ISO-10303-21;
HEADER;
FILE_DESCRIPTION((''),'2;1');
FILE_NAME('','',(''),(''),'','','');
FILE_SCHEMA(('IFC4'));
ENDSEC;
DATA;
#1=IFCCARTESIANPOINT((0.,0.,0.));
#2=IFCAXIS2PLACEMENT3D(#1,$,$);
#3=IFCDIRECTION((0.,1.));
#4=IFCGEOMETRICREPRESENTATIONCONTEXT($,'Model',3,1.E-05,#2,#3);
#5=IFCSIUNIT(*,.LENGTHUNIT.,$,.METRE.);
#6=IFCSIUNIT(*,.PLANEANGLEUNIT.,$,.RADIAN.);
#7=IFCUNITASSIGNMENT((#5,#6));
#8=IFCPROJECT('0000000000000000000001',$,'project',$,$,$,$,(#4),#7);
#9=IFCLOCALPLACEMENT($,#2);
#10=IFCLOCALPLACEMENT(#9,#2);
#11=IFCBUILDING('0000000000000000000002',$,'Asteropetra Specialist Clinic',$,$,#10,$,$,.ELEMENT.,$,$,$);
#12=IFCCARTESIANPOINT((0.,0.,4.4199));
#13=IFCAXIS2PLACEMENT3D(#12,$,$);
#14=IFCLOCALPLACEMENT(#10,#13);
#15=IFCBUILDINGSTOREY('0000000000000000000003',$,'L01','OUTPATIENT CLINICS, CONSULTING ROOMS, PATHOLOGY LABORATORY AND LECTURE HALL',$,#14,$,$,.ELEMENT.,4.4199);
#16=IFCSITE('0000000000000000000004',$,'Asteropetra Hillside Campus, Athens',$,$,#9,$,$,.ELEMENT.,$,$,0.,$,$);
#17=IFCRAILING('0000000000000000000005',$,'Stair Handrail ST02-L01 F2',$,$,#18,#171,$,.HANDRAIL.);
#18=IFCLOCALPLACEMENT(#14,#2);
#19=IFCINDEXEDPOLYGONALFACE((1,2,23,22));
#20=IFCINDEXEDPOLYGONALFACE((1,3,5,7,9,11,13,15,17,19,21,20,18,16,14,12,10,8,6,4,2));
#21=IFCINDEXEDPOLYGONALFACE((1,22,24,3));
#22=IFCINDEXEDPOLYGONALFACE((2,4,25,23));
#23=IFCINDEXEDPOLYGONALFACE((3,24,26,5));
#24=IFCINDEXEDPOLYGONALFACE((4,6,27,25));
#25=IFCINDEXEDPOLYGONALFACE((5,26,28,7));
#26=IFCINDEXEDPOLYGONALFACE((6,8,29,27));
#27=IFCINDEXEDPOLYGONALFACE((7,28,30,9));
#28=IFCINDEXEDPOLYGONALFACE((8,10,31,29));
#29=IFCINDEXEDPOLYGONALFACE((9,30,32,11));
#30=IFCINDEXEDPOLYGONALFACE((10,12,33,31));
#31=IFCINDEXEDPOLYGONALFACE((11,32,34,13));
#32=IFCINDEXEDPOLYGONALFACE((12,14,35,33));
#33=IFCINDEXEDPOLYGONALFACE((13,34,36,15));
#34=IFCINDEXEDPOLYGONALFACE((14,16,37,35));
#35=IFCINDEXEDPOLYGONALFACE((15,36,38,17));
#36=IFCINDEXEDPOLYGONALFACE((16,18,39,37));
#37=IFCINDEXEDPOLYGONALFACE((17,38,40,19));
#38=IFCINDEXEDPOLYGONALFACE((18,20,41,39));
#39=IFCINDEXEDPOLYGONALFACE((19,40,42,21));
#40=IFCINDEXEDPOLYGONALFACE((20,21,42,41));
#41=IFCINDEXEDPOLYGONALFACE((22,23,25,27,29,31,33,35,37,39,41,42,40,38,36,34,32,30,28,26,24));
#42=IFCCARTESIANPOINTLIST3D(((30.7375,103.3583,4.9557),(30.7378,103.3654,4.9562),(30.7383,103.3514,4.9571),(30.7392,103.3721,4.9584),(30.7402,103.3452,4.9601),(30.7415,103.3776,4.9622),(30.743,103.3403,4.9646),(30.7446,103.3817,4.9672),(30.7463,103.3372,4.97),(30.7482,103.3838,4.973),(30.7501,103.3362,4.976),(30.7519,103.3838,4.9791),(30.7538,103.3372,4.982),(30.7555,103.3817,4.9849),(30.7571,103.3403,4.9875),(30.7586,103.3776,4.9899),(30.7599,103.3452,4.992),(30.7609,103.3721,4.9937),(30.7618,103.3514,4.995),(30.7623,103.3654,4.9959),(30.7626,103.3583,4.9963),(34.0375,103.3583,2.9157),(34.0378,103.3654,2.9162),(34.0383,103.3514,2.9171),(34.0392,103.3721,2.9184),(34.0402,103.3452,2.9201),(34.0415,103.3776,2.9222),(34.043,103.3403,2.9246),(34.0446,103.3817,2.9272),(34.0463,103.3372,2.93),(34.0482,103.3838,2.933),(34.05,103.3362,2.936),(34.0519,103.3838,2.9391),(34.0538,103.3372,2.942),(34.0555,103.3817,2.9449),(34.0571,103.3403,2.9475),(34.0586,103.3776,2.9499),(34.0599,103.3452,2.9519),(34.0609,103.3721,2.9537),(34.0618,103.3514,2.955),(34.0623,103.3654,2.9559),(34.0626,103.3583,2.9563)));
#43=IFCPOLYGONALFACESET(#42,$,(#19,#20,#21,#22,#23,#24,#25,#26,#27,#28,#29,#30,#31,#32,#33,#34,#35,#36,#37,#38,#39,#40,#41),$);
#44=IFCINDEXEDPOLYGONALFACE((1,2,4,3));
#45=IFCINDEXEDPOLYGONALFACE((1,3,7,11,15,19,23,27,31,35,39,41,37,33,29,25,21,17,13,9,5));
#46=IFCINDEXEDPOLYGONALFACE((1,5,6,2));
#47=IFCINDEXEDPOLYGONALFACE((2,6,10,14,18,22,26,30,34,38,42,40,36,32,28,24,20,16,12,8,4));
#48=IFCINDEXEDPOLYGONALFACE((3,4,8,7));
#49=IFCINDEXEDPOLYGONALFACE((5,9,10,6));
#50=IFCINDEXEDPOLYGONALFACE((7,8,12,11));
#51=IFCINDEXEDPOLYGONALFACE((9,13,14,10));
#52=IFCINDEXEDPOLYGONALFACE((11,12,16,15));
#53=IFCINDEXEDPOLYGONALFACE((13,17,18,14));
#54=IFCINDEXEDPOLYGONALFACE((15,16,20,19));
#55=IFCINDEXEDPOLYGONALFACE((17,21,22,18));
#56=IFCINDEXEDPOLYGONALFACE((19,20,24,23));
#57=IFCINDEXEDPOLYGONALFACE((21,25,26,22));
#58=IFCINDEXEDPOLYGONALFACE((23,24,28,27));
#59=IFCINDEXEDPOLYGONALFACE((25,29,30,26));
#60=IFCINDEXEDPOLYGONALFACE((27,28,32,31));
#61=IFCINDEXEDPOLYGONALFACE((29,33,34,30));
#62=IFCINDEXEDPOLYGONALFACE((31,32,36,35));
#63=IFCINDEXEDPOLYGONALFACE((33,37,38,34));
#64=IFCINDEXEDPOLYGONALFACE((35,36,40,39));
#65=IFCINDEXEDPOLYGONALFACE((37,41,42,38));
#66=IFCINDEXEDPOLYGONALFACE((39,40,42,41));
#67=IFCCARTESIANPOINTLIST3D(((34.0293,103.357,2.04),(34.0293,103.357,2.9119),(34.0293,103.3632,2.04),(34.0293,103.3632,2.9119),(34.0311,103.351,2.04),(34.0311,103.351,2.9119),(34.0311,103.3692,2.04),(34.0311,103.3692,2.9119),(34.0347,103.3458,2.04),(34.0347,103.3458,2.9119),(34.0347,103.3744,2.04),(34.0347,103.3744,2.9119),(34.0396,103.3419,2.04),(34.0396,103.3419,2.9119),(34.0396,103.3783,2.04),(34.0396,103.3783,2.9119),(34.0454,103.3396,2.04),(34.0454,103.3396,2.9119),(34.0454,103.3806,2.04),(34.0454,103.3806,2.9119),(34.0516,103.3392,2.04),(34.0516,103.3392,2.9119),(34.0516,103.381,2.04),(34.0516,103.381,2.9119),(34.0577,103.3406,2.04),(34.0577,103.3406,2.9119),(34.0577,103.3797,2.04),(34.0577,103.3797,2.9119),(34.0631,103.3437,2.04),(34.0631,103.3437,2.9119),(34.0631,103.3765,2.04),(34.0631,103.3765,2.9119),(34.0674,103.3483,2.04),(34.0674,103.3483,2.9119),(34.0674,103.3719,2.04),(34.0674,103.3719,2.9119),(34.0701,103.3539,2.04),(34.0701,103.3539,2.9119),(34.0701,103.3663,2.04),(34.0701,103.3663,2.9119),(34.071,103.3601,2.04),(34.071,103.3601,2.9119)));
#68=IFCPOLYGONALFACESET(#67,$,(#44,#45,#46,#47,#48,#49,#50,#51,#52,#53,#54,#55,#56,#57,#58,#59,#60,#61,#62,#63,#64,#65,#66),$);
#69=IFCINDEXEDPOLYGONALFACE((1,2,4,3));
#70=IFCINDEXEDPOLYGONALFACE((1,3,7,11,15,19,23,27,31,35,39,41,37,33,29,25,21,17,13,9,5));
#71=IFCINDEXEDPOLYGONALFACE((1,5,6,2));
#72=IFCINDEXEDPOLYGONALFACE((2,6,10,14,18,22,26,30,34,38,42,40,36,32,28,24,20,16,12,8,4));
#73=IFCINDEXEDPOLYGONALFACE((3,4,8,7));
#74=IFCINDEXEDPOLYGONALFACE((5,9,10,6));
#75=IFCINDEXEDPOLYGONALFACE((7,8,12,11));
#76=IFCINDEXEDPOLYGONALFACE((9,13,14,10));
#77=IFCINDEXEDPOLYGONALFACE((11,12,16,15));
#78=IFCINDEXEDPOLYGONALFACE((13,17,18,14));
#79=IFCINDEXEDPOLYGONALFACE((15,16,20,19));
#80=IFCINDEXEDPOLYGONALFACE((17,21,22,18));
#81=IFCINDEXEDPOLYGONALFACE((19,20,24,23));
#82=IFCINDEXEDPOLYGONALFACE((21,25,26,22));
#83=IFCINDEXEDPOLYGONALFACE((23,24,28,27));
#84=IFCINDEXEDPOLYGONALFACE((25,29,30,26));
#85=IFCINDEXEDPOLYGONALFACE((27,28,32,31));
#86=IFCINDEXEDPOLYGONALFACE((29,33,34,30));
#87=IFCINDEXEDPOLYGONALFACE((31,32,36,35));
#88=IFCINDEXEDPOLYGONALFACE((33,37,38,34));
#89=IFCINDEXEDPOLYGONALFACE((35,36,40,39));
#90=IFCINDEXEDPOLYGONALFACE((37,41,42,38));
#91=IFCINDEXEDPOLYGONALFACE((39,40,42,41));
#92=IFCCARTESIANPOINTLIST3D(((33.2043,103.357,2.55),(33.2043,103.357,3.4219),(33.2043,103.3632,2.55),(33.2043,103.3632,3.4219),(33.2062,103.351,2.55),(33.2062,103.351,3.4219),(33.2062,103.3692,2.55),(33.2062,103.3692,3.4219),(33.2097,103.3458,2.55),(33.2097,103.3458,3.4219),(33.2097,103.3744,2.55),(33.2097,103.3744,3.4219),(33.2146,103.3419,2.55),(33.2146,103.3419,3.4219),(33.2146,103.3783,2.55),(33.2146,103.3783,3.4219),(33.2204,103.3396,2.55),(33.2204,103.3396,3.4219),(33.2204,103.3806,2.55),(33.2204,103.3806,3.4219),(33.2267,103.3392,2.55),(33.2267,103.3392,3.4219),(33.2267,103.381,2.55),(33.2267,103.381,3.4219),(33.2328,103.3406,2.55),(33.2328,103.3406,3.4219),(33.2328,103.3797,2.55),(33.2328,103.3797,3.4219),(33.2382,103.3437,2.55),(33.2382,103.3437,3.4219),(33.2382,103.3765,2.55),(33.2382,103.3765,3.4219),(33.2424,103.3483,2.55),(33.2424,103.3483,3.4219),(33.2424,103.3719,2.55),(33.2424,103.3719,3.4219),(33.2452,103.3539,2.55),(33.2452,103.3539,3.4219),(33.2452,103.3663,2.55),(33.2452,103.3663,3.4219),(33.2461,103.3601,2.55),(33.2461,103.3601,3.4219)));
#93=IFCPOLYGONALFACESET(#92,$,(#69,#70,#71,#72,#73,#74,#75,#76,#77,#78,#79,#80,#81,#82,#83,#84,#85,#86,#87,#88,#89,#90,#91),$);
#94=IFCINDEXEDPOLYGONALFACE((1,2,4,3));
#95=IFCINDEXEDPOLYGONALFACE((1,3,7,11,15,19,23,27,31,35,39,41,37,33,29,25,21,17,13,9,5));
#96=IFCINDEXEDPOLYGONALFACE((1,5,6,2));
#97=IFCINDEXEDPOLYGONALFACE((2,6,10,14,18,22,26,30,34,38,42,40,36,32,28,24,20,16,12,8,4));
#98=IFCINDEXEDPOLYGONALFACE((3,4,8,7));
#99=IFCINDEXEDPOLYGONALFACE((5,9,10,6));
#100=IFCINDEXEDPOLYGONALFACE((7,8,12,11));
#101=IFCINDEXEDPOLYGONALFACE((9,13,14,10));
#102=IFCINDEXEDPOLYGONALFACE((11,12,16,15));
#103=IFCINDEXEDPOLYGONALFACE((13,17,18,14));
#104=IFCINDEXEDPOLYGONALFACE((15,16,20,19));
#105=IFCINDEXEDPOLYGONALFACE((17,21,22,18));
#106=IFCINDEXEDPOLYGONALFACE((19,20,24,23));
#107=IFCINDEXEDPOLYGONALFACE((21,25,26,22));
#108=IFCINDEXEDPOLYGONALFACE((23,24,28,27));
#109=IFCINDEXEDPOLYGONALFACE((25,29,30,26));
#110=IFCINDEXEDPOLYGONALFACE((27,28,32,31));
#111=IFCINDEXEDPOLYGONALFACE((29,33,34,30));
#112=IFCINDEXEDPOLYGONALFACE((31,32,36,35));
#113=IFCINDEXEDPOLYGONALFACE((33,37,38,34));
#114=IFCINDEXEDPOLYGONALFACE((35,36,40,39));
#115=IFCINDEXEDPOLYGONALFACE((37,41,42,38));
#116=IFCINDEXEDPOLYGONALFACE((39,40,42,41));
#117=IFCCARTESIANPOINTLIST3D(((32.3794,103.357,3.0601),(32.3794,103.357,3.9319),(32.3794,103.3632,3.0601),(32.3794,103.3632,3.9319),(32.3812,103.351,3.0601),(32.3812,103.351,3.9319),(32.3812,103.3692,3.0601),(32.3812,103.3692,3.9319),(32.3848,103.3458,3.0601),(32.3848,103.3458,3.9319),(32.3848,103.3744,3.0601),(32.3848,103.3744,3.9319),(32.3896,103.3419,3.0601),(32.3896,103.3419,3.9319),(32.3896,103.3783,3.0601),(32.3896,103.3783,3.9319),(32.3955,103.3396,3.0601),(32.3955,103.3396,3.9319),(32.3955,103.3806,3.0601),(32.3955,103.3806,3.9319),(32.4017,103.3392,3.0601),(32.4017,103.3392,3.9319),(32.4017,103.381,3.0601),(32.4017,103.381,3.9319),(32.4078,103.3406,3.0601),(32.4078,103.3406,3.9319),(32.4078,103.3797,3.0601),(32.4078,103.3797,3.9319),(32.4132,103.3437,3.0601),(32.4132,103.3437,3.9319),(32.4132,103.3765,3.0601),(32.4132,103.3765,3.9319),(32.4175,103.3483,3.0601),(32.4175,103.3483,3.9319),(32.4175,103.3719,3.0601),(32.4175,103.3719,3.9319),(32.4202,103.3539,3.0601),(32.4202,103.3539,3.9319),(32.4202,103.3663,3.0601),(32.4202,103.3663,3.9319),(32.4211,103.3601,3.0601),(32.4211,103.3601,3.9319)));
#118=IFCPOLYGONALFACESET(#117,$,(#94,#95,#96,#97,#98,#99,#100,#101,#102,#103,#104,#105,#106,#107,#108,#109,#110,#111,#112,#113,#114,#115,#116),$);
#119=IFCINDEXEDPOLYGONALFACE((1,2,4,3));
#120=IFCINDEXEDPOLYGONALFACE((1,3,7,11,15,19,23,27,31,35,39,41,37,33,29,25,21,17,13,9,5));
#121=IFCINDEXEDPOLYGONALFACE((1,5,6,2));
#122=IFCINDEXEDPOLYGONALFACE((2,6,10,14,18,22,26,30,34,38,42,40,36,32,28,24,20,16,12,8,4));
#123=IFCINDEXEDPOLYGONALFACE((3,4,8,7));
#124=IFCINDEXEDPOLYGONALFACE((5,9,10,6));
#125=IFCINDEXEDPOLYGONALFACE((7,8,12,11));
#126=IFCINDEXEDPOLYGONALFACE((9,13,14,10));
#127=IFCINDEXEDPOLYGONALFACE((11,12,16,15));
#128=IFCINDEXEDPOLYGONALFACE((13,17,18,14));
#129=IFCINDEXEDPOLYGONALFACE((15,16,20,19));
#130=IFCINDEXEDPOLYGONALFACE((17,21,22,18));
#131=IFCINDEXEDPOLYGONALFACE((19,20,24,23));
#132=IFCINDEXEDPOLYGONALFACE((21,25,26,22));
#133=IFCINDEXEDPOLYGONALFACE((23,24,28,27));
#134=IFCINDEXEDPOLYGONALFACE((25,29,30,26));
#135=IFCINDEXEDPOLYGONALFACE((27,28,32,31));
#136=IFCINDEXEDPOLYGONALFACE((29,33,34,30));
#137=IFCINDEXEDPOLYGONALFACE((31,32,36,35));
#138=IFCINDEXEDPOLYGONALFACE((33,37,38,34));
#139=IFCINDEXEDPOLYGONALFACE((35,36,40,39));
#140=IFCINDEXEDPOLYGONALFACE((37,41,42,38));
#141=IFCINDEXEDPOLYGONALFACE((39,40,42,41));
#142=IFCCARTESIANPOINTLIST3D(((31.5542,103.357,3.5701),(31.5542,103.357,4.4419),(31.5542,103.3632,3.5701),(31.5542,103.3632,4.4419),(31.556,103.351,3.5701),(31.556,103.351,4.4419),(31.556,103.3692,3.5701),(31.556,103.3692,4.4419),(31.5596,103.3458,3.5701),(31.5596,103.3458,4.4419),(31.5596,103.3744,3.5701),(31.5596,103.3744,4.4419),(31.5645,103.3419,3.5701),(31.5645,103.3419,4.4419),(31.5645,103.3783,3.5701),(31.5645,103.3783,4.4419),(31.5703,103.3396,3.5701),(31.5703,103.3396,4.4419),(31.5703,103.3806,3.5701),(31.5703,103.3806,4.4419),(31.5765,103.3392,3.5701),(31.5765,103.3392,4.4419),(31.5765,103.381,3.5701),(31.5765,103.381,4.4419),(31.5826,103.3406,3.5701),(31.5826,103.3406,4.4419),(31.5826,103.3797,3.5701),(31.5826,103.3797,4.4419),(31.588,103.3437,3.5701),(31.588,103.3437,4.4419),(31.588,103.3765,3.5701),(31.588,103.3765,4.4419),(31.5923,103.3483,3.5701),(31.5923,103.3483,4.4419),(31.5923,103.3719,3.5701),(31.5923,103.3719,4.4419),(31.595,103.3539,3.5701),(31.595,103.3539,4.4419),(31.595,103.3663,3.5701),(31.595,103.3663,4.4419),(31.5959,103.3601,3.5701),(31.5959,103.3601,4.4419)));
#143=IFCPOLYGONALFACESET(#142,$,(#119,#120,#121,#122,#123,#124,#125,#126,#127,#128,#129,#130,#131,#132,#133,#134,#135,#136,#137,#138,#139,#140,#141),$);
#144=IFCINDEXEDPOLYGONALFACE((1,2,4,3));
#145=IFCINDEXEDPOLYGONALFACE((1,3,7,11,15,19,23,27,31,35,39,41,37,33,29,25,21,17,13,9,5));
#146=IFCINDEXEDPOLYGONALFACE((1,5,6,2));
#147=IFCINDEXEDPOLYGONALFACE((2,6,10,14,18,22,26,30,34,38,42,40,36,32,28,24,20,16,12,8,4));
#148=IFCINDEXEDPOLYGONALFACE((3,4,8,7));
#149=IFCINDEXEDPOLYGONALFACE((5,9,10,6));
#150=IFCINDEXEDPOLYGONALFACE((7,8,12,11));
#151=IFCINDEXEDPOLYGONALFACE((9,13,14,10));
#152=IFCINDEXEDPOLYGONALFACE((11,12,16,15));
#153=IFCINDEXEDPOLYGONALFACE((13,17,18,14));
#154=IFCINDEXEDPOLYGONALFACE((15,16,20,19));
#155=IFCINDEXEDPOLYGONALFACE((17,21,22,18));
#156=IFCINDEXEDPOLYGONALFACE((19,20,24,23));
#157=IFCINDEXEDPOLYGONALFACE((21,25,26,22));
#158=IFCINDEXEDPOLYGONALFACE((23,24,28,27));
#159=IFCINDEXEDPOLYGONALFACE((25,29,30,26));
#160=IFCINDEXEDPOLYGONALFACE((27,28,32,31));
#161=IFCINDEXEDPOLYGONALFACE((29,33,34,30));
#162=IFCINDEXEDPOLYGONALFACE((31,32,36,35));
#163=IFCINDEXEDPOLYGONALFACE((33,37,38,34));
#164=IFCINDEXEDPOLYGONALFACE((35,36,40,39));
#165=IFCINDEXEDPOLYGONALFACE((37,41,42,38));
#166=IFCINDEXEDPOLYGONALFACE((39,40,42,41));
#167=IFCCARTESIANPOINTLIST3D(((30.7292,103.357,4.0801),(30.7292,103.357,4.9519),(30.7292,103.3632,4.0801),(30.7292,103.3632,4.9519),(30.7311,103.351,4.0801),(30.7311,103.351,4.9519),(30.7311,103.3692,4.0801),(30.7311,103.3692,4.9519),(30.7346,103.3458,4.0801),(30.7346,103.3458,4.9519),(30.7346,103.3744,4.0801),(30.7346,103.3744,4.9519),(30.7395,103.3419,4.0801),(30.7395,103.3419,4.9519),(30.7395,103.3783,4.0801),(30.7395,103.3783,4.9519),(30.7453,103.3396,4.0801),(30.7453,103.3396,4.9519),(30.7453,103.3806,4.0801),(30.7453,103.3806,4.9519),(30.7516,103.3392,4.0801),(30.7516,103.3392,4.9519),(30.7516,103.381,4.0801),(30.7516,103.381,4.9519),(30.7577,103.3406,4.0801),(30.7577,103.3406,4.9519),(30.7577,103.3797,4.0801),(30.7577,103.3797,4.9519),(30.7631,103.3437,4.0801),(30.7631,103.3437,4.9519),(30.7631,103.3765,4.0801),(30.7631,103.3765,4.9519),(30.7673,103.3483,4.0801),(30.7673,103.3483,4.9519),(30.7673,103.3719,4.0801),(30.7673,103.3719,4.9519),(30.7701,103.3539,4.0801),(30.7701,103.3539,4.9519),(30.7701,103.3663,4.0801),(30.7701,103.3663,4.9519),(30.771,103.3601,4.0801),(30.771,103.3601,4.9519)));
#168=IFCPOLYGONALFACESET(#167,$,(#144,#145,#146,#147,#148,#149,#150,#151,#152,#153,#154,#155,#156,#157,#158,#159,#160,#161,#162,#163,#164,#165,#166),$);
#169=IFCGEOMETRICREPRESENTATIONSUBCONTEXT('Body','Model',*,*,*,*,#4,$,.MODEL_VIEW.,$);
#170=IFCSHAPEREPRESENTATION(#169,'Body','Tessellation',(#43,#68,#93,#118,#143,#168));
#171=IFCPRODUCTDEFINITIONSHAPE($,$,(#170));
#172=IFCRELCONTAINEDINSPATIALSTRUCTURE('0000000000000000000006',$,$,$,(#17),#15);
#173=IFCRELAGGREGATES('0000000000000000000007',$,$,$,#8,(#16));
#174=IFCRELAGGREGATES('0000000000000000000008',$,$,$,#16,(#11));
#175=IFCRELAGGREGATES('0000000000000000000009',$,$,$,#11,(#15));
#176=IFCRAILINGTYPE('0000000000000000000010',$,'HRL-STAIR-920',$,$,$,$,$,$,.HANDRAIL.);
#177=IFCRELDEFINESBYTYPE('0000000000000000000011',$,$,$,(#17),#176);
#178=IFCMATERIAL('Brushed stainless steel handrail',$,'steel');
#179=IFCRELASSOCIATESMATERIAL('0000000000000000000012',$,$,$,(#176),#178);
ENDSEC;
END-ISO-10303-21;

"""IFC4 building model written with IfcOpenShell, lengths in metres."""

from ifc_helpers import new_model, si_unit, direction, frame, origin, origin_2d, place, context, subcontext, project, spatial, circle, extrude, material, type_object, element, save


model = new_model("IFC4")

# Units and contexts
model_context = context("Model", 3, precision=1e-05, world=origin(), true_north=direction((0.0, 1.0)))
body_context = subcontext(model_context, "Body", "Model", "MODEL_VIEW")
ifc_project = project(units=[si_unit("LENGTHUNIT", "METRE"), si_unit("PLANEANGLEUNIT", "RADIAN")], contexts=[model_context])

# Site, building, storey
site_placement = place(None, origin())
site = spatial("IfcSite", under=ifc_project, at=site_placement, Name="Asteropetra Hillside Campus, Athens", CompositionType="ELEMENT", RefElevation=0.0)
building_placement = place(site_placement, origin())
building = spatial("IfcBuilding", under=site, at=building_placement, Name="Asteropetra Specialist Clinic", CompositionType="ELEMENT")
storey_placement = place(building_placement, frame((0.0, 0.0, 4.4199)))
storey = spatial("IfcBuildingStorey", under=building, at=storey_placement, Name="L01", Description="OUTPATIENT CLINICS, CONSULTING ROOMS, PATHOLOGY LABORATORY AND LECTURE HALL", CompositionType="ELEMENT", Elevation=4.4199)

# Railing
ifc_material_1 = material(Name="Brushed stainless steel handrail", Category="steel")
railing_type_1 = type_object("IfcRailingType", Name="HRL-STAIR-920", PredefinedType="HANDRAIL", material=ifc_material_1)
railing_1_placement = place(storey_placement, frame((34.05, 103.3601, 2.04)))
element("IfcRailing", 1, at=railing_1_placement, inside=storey, type_object=railing_type_1, Name="Stair Handrail ST02-L01 F2", PredefinedType="HANDRAIL", context=body_context, shape_type="SweptSolid", body=[
    extrude(circle(Radius=0.0239, at=origin_2d()), frame((0.0, 0.0, 0.896), z_axis=(-0.850594, 0.0, 0.525824), x_axis=(0.0, -1.0, 0.0)), (0.0, 0.0, 1.0), 3.8796),
    extrude(circle(Radius=0.021, at=origin_2d()), origin(), (0.0, 0.0, 1.0), 0.8718),
    extrude(circle(Radius=0.021, at=origin_2d()), frame((-0.825, 0.0, 0.51)), (0.0, 0.0, 1.0), 0.8718),
    extrude(circle(Radius=0.021, at=origin_2d()), frame((-1.6499, 0.0, 1.02)), (0.0, 0.0, 1.0), 0.8718),
    extrude(circle(Radius=0.021, at=origin_2d()), frame((-2.4751, 0.0, 1.53)), (0.0, 0.0, 1.0), 0.8718),
    extrude(circle(Radius=0.021, at=origin_2d()), frame((-3.3, 0.0, 2.04)), (0.0, 0.0, 1.0), 0.8718),
])

save(model, "model.ifc")
